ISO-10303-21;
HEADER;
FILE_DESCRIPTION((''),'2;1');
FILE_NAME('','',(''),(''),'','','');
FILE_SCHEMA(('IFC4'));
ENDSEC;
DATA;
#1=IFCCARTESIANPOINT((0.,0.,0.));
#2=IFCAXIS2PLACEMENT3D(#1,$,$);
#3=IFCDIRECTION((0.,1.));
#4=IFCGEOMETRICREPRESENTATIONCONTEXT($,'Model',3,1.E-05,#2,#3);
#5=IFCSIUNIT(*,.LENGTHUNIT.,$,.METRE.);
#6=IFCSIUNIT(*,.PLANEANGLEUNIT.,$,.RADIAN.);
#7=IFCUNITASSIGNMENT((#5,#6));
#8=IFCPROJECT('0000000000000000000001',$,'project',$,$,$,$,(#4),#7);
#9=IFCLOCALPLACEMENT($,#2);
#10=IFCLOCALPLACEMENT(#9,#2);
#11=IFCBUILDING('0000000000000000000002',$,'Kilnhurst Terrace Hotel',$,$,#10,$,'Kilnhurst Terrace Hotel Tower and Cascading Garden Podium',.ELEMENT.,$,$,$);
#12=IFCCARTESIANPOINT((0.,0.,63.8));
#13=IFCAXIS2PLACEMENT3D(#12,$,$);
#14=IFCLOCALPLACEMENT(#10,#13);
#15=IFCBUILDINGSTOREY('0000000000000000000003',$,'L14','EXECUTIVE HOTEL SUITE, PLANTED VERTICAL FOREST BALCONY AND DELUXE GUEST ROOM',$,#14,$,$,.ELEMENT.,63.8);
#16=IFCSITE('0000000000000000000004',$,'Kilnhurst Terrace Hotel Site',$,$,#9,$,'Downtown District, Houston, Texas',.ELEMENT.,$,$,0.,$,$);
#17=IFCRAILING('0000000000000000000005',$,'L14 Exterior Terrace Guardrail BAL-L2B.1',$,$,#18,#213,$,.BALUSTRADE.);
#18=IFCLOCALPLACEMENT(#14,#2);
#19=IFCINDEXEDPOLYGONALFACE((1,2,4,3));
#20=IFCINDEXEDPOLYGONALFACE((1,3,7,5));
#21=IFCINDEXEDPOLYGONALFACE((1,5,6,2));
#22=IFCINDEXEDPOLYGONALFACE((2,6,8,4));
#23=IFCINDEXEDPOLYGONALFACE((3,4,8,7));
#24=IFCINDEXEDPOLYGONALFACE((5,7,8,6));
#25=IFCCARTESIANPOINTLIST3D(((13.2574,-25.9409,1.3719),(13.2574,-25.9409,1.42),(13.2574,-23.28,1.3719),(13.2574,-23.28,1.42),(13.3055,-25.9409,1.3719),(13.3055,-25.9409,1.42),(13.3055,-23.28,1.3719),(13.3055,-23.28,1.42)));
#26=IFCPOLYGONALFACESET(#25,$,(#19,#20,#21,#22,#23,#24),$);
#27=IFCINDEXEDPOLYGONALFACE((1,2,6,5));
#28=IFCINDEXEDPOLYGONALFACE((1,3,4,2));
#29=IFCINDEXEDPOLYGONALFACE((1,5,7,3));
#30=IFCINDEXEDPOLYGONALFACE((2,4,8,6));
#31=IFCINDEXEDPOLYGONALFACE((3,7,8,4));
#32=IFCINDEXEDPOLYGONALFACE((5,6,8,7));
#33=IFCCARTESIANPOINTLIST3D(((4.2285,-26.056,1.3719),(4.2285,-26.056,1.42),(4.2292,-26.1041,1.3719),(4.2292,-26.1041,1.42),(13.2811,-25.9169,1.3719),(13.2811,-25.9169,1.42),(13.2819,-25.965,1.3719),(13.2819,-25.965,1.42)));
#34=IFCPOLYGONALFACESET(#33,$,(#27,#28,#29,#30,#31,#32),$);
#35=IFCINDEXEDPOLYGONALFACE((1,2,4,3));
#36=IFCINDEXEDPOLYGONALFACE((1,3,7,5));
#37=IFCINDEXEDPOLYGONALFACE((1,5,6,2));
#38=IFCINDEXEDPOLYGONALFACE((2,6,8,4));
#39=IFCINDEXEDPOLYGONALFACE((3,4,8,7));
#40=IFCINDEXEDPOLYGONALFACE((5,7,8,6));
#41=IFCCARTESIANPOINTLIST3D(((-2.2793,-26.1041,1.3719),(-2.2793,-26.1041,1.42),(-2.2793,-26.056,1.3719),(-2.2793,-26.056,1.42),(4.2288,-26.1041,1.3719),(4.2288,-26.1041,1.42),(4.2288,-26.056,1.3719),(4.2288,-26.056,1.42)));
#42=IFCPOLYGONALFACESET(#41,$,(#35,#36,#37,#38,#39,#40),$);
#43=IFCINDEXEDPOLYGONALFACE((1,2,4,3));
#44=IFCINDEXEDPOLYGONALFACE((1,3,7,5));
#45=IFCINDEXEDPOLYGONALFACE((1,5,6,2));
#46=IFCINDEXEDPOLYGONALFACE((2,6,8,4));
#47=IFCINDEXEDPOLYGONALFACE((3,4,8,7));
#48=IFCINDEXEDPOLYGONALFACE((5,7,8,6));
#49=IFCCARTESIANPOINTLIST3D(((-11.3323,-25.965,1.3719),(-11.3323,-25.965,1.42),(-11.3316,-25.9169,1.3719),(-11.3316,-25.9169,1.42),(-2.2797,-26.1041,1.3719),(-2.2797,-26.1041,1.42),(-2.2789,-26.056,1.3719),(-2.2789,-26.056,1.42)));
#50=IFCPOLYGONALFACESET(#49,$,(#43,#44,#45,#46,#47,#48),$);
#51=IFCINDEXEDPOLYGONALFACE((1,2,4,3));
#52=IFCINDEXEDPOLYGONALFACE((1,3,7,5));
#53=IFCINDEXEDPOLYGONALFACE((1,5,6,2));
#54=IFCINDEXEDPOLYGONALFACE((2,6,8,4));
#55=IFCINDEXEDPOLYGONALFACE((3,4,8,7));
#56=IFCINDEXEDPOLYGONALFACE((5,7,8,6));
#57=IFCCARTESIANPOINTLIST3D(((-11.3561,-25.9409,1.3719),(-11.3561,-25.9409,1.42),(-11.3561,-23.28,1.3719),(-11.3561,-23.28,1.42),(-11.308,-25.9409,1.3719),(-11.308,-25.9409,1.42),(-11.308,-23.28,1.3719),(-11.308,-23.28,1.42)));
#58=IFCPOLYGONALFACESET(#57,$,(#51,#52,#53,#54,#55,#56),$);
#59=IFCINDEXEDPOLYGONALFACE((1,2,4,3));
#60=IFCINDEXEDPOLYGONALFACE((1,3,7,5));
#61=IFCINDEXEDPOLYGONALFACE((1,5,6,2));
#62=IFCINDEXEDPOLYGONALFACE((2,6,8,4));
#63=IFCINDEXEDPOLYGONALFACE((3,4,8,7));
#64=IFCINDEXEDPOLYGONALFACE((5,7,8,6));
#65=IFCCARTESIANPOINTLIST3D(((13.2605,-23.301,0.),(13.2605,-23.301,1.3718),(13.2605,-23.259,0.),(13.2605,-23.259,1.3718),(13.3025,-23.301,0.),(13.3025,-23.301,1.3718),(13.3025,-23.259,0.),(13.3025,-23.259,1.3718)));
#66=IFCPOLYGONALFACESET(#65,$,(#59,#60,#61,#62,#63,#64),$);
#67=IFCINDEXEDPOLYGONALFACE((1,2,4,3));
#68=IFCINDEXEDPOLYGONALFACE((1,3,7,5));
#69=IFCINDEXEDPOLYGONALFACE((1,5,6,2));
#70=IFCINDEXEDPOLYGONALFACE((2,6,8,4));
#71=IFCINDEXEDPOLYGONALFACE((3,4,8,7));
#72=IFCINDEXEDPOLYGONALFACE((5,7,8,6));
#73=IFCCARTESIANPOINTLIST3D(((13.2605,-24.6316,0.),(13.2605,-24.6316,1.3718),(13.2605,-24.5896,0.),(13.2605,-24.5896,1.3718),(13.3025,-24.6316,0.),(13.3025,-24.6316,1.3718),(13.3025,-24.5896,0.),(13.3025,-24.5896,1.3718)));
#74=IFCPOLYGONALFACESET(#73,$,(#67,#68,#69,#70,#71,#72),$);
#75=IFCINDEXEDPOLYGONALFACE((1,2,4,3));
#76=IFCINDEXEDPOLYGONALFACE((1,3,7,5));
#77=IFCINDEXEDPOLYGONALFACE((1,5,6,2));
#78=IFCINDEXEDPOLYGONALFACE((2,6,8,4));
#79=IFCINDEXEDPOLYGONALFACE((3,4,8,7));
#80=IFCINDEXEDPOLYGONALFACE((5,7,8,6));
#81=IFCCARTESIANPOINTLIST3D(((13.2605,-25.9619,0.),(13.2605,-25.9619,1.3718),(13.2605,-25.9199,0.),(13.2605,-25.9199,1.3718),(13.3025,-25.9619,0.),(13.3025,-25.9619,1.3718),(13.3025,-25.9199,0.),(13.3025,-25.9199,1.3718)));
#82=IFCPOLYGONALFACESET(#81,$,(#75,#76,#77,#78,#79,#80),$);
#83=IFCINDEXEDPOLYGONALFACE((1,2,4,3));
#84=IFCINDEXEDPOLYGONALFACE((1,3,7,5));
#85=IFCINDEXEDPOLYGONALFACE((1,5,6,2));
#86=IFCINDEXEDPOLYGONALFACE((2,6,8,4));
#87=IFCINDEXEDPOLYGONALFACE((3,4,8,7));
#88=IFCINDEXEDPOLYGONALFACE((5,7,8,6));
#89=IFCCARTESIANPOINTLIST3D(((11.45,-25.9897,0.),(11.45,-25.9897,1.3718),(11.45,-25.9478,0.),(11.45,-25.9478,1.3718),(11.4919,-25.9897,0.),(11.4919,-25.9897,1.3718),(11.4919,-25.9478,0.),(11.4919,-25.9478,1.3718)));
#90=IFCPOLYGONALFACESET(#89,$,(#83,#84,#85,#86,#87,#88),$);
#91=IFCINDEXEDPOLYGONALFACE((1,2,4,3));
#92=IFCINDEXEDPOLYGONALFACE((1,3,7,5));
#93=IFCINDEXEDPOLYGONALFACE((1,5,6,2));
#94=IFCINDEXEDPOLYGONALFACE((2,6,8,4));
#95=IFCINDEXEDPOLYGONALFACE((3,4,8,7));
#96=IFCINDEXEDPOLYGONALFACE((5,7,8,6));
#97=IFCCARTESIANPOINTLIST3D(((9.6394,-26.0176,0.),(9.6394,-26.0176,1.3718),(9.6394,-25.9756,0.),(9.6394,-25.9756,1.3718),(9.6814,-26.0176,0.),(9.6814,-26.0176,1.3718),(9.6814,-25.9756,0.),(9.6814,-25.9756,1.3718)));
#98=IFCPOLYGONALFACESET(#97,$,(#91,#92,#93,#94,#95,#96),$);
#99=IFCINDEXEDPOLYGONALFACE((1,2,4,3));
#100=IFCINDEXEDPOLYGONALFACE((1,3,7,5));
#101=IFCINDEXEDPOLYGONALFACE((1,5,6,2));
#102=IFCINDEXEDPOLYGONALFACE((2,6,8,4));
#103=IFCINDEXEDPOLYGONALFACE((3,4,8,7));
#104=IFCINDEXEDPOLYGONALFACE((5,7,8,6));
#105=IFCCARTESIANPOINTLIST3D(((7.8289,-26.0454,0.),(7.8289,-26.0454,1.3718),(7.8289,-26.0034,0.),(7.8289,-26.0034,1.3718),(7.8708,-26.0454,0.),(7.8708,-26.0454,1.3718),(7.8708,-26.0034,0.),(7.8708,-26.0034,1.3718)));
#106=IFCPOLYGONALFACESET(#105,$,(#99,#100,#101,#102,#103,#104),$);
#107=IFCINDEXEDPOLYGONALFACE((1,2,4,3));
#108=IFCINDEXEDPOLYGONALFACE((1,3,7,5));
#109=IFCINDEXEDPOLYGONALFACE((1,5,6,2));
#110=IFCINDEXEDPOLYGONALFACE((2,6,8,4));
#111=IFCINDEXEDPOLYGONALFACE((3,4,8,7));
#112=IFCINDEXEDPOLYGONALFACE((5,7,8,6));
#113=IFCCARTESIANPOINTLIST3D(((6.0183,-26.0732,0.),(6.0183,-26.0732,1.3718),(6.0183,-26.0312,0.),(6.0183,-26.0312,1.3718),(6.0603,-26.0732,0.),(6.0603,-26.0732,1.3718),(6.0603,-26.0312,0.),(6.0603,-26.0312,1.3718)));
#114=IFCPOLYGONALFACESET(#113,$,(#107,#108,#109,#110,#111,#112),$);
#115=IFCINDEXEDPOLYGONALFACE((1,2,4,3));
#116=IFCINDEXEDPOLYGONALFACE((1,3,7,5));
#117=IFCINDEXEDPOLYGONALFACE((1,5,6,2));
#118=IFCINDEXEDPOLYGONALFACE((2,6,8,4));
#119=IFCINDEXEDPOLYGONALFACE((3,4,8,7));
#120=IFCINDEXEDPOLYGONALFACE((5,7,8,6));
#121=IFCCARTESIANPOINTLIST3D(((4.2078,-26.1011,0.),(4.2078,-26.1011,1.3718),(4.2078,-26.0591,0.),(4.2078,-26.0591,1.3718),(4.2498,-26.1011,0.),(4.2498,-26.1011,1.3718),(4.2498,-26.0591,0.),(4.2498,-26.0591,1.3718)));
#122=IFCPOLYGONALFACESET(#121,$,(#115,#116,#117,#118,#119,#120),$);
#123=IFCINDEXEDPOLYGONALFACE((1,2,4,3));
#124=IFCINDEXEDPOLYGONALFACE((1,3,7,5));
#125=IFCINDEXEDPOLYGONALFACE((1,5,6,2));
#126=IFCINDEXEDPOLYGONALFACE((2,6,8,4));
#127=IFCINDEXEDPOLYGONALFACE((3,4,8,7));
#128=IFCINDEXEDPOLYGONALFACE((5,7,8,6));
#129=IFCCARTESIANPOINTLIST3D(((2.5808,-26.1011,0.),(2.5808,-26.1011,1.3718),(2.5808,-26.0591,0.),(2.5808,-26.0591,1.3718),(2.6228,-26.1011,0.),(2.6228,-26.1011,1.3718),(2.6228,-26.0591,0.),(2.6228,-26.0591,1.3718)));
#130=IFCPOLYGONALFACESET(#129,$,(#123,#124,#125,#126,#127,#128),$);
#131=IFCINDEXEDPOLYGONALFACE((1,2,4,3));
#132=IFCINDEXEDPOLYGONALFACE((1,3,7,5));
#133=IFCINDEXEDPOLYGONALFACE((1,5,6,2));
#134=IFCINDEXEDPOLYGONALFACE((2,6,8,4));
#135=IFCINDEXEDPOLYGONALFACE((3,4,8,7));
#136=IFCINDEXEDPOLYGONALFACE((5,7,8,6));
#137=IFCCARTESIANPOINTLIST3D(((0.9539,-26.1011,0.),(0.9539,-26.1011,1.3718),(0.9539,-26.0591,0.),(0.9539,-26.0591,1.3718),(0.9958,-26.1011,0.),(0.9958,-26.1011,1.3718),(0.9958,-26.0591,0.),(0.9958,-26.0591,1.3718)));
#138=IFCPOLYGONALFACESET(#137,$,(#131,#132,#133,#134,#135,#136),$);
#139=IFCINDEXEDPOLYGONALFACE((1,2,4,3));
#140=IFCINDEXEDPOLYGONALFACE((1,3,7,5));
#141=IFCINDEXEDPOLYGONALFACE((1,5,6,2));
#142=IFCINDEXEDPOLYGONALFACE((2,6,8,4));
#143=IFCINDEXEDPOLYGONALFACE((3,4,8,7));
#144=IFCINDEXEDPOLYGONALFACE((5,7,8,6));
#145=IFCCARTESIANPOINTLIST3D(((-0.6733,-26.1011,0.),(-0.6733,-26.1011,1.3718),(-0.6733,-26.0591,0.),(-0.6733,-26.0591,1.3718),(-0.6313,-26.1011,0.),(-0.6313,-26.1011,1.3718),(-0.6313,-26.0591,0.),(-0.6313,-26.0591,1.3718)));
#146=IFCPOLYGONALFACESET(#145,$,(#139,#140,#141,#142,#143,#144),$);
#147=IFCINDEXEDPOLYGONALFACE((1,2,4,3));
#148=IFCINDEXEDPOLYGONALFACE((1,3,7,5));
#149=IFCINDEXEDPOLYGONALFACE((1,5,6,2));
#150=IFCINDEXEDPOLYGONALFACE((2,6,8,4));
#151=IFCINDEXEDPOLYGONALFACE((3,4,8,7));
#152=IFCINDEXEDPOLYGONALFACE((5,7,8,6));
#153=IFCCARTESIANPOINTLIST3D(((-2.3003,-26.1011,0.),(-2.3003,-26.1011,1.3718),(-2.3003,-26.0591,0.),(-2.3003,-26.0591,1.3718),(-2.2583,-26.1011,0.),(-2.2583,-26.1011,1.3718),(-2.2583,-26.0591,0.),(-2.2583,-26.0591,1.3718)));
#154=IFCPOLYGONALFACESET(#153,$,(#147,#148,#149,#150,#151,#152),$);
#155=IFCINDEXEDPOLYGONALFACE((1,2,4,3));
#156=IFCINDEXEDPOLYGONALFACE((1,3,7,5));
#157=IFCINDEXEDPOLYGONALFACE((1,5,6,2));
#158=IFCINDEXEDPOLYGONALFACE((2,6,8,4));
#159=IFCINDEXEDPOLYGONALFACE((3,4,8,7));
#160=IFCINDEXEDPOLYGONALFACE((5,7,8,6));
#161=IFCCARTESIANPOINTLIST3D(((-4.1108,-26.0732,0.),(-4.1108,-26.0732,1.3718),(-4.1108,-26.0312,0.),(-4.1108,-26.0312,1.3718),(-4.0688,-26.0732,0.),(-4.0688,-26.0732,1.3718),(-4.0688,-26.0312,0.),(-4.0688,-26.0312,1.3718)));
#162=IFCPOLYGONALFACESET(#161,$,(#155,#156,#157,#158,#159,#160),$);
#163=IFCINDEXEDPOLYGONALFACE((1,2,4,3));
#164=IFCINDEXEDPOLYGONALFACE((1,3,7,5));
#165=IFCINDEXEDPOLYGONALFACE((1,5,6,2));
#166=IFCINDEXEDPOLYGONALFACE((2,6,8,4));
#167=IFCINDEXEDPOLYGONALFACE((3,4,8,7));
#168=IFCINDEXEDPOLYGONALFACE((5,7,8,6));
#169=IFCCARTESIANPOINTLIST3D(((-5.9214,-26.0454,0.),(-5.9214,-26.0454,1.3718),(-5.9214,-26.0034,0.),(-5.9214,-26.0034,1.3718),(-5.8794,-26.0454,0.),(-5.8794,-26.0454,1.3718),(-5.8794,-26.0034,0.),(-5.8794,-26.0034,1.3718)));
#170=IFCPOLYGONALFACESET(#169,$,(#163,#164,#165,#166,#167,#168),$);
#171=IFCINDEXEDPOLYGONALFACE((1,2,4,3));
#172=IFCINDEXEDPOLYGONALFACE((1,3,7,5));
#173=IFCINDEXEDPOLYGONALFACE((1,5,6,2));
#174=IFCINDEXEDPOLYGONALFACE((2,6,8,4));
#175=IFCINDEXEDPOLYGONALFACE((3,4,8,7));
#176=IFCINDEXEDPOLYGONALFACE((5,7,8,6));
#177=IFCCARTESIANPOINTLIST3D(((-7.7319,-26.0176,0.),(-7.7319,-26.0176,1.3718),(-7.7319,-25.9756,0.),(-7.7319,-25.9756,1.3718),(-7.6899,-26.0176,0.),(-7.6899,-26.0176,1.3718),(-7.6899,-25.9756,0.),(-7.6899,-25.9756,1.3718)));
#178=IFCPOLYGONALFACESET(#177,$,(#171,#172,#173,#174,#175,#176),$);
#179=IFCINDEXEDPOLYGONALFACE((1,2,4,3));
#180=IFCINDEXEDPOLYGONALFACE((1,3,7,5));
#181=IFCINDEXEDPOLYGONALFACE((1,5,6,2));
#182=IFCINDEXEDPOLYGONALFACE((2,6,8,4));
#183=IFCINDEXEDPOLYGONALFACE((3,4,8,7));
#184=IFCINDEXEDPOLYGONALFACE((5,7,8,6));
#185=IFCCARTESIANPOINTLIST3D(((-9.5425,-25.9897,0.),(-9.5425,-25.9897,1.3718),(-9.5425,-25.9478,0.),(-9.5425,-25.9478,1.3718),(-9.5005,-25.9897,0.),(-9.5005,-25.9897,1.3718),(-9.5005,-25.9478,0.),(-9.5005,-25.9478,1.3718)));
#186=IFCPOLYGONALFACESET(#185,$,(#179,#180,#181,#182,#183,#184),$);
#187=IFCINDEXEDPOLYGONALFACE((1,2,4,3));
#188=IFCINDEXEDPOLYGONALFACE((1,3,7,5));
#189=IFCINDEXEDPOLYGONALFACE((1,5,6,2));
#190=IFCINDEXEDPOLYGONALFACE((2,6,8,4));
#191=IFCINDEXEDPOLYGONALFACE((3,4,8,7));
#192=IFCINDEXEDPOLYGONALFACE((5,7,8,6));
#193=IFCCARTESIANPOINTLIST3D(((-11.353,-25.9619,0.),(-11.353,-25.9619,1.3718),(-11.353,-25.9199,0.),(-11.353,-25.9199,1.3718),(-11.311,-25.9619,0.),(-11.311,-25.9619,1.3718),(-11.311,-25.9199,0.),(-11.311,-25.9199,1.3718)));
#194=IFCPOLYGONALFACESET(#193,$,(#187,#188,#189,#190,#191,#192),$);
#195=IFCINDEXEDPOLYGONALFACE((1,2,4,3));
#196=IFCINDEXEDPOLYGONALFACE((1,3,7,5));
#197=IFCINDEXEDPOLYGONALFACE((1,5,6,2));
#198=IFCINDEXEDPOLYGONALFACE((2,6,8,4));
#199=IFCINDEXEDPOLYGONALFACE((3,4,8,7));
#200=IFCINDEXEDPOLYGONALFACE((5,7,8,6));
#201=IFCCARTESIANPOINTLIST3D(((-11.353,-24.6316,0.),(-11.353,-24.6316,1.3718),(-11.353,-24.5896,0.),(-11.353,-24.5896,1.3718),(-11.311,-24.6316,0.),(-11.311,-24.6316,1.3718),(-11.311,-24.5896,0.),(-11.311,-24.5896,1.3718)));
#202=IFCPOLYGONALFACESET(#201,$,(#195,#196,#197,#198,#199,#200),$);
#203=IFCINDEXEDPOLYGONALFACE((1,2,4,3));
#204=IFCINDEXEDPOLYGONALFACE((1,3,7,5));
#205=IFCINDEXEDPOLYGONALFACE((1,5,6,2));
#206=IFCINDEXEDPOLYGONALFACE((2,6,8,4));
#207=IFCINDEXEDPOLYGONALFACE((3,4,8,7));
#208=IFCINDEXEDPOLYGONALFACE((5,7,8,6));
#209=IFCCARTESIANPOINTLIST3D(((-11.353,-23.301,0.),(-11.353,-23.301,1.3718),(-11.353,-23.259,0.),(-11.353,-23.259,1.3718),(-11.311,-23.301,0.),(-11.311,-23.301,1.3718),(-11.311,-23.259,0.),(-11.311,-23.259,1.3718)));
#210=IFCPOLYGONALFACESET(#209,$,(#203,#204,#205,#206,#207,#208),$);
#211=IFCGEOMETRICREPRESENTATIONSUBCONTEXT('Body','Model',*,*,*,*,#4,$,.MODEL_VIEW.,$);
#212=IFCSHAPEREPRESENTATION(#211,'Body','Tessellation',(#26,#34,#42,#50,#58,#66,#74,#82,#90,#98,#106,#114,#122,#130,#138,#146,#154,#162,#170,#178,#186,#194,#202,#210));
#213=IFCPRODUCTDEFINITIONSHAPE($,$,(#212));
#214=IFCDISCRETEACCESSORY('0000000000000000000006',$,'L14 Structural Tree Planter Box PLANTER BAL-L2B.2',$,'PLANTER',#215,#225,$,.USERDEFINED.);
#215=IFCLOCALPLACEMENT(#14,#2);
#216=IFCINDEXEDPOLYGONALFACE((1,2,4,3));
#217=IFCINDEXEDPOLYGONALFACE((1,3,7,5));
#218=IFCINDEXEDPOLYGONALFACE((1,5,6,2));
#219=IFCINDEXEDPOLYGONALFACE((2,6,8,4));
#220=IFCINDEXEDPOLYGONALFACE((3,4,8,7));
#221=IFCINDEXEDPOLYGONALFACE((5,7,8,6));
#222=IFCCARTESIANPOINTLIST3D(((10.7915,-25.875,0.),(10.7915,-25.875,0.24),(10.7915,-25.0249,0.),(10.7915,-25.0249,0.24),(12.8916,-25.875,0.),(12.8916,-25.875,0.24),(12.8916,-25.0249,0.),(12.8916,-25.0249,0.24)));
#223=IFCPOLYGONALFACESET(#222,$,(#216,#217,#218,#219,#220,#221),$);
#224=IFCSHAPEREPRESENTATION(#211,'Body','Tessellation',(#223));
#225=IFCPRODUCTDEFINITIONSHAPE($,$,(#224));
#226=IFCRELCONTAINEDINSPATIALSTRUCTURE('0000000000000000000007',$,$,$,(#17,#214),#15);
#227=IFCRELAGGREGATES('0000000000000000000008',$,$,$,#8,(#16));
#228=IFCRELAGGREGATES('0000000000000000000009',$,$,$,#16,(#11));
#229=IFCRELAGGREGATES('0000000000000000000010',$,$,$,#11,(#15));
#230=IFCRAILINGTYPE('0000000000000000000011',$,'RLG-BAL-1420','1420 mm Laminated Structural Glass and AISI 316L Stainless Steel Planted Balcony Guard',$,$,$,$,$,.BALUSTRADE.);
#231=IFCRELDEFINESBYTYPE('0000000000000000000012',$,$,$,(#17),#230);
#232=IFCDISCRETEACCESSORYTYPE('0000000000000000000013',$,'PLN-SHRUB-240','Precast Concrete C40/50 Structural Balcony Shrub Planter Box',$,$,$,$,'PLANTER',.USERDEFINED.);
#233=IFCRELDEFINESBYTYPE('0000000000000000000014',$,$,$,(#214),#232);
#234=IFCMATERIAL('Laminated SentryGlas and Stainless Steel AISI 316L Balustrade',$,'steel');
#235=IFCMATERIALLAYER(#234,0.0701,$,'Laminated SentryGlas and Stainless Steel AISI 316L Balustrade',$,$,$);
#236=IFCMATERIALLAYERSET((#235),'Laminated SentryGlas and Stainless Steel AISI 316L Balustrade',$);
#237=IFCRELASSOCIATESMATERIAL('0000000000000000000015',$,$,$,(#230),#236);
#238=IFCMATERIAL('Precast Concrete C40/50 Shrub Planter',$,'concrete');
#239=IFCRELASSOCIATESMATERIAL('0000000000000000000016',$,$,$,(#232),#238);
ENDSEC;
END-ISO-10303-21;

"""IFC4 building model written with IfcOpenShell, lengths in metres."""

from ifc_helpers import new_model, si_unit, direction, frame, origin, origin_2d, place, context, subcontext, project, spatial, rectangle, extrude, material, layer, layer_set, type_object, element, save


model = new_model("IFC4")

# Units and contexts
model_context = context("Model", 3, precision=1e-05, world=origin(), true_north=direction((0.0, 1.0)))
body_context = subcontext(model_context, "Body", "Model", "MODEL_VIEW")
ifc_project = project(units=[si_unit("LENGTHUNIT", "METRE"), si_unit("PLANEANGLEUNIT", "RADIAN")], contexts=[model_context])

# Site, building, storey
site_placement = place(None, origin())
site = spatial("IfcSite", under=ifc_project, at=site_placement, Name="Kilnhurst Terrace Hotel Site", LongName="Downtown District, Houston, Texas", CompositionType="ELEMENT", RefElevation=0.0)
building_placement = place(site_placement, origin())
building = spatial("IfcBuilding", under=site, at=building_placement, Name="Kilnhurst Terrace Hotel", LongName="Kilnhurst Terrace Hotel Tower and Cascading Garden Podium", CompositionType="ELEMENT")
storey_placement = place(building_placement, frame((0.0, 0.0, 63.8)))
storey = spatial("IfcBuildingStorey", under=building, at=storey_placement, Name="L14", Description="EXECUTIVE HOTEL SUITE, PLANTED VERTICAL FOREST BALCONY AND DELUXE GUEST ROOM", CompositionType="ELEMENT", Elevation=63.8)

# Railing
ifc_material_1 = material(Name="Laminated SentryGlas and Stainless Steel AISI 316L Balustrade", Category="steel")
ifc_layer_1 = layer(ifc_material_1, 0.0701, Name="Laminated SentryGlas and Stainless Steel AISI 316L Balustrade")
ifc_layer_set_1 = layer_set([ifc_layer_1], Name="Laminated SentryGlas and Stainless Steel AISI 316L Balustrade")
railing_type = type_object("IfcRailingType", Name="RLG-BAL-1420", Description="1420 mm Laminated Structural Glass and AISI 316L Stainless Steel Planted Balcony Guard", PredefinedType="BALUSTRADE", material=ifc_layer_set_1)
railing_placement = place(storey_placement, frame((13.2815, -23.28, 0.0)))
element("IfcRailing", 1, at=railing_placement, inside=storey, type_object=railing_type, Name="L14 Exterior Terrace Guardrail BAL-L2B.1", PredefinedType="BALUSTRADE", context=body_context, shape_type="SweptSolid", body=[
    extrude(rectangle(XDim=0.0481, YDim=0.0481, at=origin_2d()), frame((0.0, 0.0, 1.396), z_axis=(0.0, -1.0, 0.0), x_axis=(1.0, 0.0, 0.0)), (0.0, 0.0, 1.0), 2.6609),
    extrude(rectangle(XDim=0.0481, YDim=0.0481, at=origin_2d()), frame((0.0, -2.6609, 1.396), z_axis=(-0.999882, -0.01537, 0.0), x_axis=(0.01537, -0.999882, 0.0)), (0.0, 0.0, 1.0), 9.0537),
    extrude(rectangle(XDim=0.0481, YDim=0.0481, at=origin_2d()), frame((-9.0527, -2.8, 1.396), z_axis=(-1.0, 0.0, 0.0), x_axis=(0.0, -1.0, 0.0)), (0.0, 0.0, 1.0), 6.5081),
    extrude(rectangle(XDim=0.0481, YDim=0.0481, at=origin_2d()), frame((-15.5608, -2.8, 1.396), z_axis=(-0.999882, 0.01537, 0.0), x_axis=(-0.01537, -0.999882, 0.0)), (0.0, 0.0, 1.0), 9.0537),
    extrude(rectangle(XDim=0.0481, YDim=0.0481, at=origin_2d()), frame((-24.6135, -2.6609, 1.396), z_axis=(0.0, 1.0, 0.0), x_axis=(-1.0, 0.0, 0.0)), (0.0, 0.0, 1.0), 2.6609),
    extrude(rectangle(XDim=0.042, YDim=0.042, at=origin_2d()), origin(), (0.0, 0.0, 1.0), 1.3718),
    extrude(rectangle(XDim=0.042, YDim=0.042, at=origin_2d()), frame((0.0, -1.3306, 0.0)), (0.0, 0.0, 1.0), 1.3718),
    extrude(rectangle(XDim=0.042, YDim=0.042, at=origin_2d()), frame((0.0, -2.6609, 0.0)), (0.0, 0.0, 1.0), 1.3718),
    extrude(rectangle(XDim=0.042, YDim=0.042, at=origin_2d()), frame((-1.8105, -2.6887, 0.0)), (0.0, 0.0, 1.0), 1.3718),
    extrude(rectangle(XDim=0.042, YDim=0.042, at=origin_2d()), frame((-3.6211, -2.7166, 0.0)), (0.0, 0.0, 1.0), 1.3718),
    extrude(rectangle(XDim=0.042, YDim=0.042, at=origin_2d()), frame((-5.4316, -2.7444, 0.0)), (0.0, 0.0, 1.0), 1.3718),
    extrude(rectangle(XDim=0.042, YDim=0.042, at=origin_2d()), frame((-7.2422, -2.7722, 0.0)), (0.0, 0.0, 1.0), 1.3718),
    extrude(rectangle(XDim=0.042, YDim=0.042, at=origin_2d()), frame((-9.0527, -2.8, 0.0)), (0.0, 0.0, 1.0), 1.3718),
    extrude(rectangle(XDim=0.042, YDim=0.042, at=origin_2d()), frame((-10.6797, -2.8, 0.0)), (0.0, 0.0, 1.0), 1.3718),
    extrude(rectangle(XDim=0.042, YDim=0.042, at=origin_2d()), frame((-12.3066, -2.8, 0.0)), (0.0, 0.0, 1.0), 1.3718),
    extrude(rectangle(XDim=0.042, YDim=0.042, at=origin_2d()), frame((-13.9338, -2.8, 0.0)), (0.0, 0.0, 1.0), 1.3718),
    extrude(rectangle(XDim=0.042, YDim=0.042, at=origin_2d()), frame((-15.5608, -2.8, 0.0)), (0.0, 0.0, 1.0), 1.3718),
    extrude(rectangle(XDim=0.042, YDim=0.042, at=origin_2d()), frame((-17.3713, -2.7722, 0.0)), (0.0, 0.0, 1.0), 1.3718),
    extrude(rectangle(XDim=0.042, YDim=0.042, at=origin_2d()), frame((-19.1819, -2.7444, 0.0)), (0.0, 0.0, 1.0), 1.3718),
    extrude(rectangle(XDim=0.042, YDim=0.042, at=origin_2d()), frame((-20.9924, -2.7166, 0.0)), (0.0, 0.0, 1.0), 1.3718),
    extrude(rectangle(XDim=0.042, YDim=0.042, at=origin_2d()), frame((-22.803, -2.6887, 0.0)), (0.0, 0.0, 1.0), 1.3718),
    extrude(rectangle(XDim=0.042, YDim=0.042, at=origin_2d()), frame((-24.6135, -2.6609, 0.0)), (0.0, 0.0, 1.0), 1.3718),
    extrude(rectangle(XDim=0.042, YDim=0.042, at=origin_2d()), frame((-24.6135, -1.3306, 0.0)), (0.0, 0.0, 1.0), 1.3718),
    extrude(rectangle(XDim=0.042, YDim=0.042, at=origin_2d()), frame((-24.6135, 0.0, 0.0)), (0.0, 0.0, 1.0), 1.3718),
])

# Discrete accessory
ifc_material_2 = material(Name="Precast Concrete C40/50 Shrub Planter", Category="concrete")
discrete_accessory_type = type_object("IfcDiscreteAccessoryType", Name="PLN-SHRUB-240", Description="Precast Concrete C40/50 Structural Balcony Shrub Planter Box", ElementType="PLANTER", PredefinedType="USERDEFINED", material=ifc_material_2)
discrete_accessory_placement = place(storey_placement, frame((11.8416, -25.45, 0.0), z_axis=(0.0, 0.0, 1.0), x_axis=(1.0, 0.0, 0.0)))
element("IfcDiscreteAccessory", 2, at=discrete_accessory_placement, inside=storey, type_object=discrete_accessory_type, Name="L14 Structural Tree Planter Box PLANTER BAL-L2B.2", ObjectType="PLANTER", PredefinedType="USERDEFINED", context=body_context, shape_type="SweptSolid", body=[
    extrude(rectangle(XDim=2.1001, YDim=0.8501, at=origin_2d()), origin(), (0.0, 0.0, 1.0), 0.24),
])

save(model, "model.ifc")
